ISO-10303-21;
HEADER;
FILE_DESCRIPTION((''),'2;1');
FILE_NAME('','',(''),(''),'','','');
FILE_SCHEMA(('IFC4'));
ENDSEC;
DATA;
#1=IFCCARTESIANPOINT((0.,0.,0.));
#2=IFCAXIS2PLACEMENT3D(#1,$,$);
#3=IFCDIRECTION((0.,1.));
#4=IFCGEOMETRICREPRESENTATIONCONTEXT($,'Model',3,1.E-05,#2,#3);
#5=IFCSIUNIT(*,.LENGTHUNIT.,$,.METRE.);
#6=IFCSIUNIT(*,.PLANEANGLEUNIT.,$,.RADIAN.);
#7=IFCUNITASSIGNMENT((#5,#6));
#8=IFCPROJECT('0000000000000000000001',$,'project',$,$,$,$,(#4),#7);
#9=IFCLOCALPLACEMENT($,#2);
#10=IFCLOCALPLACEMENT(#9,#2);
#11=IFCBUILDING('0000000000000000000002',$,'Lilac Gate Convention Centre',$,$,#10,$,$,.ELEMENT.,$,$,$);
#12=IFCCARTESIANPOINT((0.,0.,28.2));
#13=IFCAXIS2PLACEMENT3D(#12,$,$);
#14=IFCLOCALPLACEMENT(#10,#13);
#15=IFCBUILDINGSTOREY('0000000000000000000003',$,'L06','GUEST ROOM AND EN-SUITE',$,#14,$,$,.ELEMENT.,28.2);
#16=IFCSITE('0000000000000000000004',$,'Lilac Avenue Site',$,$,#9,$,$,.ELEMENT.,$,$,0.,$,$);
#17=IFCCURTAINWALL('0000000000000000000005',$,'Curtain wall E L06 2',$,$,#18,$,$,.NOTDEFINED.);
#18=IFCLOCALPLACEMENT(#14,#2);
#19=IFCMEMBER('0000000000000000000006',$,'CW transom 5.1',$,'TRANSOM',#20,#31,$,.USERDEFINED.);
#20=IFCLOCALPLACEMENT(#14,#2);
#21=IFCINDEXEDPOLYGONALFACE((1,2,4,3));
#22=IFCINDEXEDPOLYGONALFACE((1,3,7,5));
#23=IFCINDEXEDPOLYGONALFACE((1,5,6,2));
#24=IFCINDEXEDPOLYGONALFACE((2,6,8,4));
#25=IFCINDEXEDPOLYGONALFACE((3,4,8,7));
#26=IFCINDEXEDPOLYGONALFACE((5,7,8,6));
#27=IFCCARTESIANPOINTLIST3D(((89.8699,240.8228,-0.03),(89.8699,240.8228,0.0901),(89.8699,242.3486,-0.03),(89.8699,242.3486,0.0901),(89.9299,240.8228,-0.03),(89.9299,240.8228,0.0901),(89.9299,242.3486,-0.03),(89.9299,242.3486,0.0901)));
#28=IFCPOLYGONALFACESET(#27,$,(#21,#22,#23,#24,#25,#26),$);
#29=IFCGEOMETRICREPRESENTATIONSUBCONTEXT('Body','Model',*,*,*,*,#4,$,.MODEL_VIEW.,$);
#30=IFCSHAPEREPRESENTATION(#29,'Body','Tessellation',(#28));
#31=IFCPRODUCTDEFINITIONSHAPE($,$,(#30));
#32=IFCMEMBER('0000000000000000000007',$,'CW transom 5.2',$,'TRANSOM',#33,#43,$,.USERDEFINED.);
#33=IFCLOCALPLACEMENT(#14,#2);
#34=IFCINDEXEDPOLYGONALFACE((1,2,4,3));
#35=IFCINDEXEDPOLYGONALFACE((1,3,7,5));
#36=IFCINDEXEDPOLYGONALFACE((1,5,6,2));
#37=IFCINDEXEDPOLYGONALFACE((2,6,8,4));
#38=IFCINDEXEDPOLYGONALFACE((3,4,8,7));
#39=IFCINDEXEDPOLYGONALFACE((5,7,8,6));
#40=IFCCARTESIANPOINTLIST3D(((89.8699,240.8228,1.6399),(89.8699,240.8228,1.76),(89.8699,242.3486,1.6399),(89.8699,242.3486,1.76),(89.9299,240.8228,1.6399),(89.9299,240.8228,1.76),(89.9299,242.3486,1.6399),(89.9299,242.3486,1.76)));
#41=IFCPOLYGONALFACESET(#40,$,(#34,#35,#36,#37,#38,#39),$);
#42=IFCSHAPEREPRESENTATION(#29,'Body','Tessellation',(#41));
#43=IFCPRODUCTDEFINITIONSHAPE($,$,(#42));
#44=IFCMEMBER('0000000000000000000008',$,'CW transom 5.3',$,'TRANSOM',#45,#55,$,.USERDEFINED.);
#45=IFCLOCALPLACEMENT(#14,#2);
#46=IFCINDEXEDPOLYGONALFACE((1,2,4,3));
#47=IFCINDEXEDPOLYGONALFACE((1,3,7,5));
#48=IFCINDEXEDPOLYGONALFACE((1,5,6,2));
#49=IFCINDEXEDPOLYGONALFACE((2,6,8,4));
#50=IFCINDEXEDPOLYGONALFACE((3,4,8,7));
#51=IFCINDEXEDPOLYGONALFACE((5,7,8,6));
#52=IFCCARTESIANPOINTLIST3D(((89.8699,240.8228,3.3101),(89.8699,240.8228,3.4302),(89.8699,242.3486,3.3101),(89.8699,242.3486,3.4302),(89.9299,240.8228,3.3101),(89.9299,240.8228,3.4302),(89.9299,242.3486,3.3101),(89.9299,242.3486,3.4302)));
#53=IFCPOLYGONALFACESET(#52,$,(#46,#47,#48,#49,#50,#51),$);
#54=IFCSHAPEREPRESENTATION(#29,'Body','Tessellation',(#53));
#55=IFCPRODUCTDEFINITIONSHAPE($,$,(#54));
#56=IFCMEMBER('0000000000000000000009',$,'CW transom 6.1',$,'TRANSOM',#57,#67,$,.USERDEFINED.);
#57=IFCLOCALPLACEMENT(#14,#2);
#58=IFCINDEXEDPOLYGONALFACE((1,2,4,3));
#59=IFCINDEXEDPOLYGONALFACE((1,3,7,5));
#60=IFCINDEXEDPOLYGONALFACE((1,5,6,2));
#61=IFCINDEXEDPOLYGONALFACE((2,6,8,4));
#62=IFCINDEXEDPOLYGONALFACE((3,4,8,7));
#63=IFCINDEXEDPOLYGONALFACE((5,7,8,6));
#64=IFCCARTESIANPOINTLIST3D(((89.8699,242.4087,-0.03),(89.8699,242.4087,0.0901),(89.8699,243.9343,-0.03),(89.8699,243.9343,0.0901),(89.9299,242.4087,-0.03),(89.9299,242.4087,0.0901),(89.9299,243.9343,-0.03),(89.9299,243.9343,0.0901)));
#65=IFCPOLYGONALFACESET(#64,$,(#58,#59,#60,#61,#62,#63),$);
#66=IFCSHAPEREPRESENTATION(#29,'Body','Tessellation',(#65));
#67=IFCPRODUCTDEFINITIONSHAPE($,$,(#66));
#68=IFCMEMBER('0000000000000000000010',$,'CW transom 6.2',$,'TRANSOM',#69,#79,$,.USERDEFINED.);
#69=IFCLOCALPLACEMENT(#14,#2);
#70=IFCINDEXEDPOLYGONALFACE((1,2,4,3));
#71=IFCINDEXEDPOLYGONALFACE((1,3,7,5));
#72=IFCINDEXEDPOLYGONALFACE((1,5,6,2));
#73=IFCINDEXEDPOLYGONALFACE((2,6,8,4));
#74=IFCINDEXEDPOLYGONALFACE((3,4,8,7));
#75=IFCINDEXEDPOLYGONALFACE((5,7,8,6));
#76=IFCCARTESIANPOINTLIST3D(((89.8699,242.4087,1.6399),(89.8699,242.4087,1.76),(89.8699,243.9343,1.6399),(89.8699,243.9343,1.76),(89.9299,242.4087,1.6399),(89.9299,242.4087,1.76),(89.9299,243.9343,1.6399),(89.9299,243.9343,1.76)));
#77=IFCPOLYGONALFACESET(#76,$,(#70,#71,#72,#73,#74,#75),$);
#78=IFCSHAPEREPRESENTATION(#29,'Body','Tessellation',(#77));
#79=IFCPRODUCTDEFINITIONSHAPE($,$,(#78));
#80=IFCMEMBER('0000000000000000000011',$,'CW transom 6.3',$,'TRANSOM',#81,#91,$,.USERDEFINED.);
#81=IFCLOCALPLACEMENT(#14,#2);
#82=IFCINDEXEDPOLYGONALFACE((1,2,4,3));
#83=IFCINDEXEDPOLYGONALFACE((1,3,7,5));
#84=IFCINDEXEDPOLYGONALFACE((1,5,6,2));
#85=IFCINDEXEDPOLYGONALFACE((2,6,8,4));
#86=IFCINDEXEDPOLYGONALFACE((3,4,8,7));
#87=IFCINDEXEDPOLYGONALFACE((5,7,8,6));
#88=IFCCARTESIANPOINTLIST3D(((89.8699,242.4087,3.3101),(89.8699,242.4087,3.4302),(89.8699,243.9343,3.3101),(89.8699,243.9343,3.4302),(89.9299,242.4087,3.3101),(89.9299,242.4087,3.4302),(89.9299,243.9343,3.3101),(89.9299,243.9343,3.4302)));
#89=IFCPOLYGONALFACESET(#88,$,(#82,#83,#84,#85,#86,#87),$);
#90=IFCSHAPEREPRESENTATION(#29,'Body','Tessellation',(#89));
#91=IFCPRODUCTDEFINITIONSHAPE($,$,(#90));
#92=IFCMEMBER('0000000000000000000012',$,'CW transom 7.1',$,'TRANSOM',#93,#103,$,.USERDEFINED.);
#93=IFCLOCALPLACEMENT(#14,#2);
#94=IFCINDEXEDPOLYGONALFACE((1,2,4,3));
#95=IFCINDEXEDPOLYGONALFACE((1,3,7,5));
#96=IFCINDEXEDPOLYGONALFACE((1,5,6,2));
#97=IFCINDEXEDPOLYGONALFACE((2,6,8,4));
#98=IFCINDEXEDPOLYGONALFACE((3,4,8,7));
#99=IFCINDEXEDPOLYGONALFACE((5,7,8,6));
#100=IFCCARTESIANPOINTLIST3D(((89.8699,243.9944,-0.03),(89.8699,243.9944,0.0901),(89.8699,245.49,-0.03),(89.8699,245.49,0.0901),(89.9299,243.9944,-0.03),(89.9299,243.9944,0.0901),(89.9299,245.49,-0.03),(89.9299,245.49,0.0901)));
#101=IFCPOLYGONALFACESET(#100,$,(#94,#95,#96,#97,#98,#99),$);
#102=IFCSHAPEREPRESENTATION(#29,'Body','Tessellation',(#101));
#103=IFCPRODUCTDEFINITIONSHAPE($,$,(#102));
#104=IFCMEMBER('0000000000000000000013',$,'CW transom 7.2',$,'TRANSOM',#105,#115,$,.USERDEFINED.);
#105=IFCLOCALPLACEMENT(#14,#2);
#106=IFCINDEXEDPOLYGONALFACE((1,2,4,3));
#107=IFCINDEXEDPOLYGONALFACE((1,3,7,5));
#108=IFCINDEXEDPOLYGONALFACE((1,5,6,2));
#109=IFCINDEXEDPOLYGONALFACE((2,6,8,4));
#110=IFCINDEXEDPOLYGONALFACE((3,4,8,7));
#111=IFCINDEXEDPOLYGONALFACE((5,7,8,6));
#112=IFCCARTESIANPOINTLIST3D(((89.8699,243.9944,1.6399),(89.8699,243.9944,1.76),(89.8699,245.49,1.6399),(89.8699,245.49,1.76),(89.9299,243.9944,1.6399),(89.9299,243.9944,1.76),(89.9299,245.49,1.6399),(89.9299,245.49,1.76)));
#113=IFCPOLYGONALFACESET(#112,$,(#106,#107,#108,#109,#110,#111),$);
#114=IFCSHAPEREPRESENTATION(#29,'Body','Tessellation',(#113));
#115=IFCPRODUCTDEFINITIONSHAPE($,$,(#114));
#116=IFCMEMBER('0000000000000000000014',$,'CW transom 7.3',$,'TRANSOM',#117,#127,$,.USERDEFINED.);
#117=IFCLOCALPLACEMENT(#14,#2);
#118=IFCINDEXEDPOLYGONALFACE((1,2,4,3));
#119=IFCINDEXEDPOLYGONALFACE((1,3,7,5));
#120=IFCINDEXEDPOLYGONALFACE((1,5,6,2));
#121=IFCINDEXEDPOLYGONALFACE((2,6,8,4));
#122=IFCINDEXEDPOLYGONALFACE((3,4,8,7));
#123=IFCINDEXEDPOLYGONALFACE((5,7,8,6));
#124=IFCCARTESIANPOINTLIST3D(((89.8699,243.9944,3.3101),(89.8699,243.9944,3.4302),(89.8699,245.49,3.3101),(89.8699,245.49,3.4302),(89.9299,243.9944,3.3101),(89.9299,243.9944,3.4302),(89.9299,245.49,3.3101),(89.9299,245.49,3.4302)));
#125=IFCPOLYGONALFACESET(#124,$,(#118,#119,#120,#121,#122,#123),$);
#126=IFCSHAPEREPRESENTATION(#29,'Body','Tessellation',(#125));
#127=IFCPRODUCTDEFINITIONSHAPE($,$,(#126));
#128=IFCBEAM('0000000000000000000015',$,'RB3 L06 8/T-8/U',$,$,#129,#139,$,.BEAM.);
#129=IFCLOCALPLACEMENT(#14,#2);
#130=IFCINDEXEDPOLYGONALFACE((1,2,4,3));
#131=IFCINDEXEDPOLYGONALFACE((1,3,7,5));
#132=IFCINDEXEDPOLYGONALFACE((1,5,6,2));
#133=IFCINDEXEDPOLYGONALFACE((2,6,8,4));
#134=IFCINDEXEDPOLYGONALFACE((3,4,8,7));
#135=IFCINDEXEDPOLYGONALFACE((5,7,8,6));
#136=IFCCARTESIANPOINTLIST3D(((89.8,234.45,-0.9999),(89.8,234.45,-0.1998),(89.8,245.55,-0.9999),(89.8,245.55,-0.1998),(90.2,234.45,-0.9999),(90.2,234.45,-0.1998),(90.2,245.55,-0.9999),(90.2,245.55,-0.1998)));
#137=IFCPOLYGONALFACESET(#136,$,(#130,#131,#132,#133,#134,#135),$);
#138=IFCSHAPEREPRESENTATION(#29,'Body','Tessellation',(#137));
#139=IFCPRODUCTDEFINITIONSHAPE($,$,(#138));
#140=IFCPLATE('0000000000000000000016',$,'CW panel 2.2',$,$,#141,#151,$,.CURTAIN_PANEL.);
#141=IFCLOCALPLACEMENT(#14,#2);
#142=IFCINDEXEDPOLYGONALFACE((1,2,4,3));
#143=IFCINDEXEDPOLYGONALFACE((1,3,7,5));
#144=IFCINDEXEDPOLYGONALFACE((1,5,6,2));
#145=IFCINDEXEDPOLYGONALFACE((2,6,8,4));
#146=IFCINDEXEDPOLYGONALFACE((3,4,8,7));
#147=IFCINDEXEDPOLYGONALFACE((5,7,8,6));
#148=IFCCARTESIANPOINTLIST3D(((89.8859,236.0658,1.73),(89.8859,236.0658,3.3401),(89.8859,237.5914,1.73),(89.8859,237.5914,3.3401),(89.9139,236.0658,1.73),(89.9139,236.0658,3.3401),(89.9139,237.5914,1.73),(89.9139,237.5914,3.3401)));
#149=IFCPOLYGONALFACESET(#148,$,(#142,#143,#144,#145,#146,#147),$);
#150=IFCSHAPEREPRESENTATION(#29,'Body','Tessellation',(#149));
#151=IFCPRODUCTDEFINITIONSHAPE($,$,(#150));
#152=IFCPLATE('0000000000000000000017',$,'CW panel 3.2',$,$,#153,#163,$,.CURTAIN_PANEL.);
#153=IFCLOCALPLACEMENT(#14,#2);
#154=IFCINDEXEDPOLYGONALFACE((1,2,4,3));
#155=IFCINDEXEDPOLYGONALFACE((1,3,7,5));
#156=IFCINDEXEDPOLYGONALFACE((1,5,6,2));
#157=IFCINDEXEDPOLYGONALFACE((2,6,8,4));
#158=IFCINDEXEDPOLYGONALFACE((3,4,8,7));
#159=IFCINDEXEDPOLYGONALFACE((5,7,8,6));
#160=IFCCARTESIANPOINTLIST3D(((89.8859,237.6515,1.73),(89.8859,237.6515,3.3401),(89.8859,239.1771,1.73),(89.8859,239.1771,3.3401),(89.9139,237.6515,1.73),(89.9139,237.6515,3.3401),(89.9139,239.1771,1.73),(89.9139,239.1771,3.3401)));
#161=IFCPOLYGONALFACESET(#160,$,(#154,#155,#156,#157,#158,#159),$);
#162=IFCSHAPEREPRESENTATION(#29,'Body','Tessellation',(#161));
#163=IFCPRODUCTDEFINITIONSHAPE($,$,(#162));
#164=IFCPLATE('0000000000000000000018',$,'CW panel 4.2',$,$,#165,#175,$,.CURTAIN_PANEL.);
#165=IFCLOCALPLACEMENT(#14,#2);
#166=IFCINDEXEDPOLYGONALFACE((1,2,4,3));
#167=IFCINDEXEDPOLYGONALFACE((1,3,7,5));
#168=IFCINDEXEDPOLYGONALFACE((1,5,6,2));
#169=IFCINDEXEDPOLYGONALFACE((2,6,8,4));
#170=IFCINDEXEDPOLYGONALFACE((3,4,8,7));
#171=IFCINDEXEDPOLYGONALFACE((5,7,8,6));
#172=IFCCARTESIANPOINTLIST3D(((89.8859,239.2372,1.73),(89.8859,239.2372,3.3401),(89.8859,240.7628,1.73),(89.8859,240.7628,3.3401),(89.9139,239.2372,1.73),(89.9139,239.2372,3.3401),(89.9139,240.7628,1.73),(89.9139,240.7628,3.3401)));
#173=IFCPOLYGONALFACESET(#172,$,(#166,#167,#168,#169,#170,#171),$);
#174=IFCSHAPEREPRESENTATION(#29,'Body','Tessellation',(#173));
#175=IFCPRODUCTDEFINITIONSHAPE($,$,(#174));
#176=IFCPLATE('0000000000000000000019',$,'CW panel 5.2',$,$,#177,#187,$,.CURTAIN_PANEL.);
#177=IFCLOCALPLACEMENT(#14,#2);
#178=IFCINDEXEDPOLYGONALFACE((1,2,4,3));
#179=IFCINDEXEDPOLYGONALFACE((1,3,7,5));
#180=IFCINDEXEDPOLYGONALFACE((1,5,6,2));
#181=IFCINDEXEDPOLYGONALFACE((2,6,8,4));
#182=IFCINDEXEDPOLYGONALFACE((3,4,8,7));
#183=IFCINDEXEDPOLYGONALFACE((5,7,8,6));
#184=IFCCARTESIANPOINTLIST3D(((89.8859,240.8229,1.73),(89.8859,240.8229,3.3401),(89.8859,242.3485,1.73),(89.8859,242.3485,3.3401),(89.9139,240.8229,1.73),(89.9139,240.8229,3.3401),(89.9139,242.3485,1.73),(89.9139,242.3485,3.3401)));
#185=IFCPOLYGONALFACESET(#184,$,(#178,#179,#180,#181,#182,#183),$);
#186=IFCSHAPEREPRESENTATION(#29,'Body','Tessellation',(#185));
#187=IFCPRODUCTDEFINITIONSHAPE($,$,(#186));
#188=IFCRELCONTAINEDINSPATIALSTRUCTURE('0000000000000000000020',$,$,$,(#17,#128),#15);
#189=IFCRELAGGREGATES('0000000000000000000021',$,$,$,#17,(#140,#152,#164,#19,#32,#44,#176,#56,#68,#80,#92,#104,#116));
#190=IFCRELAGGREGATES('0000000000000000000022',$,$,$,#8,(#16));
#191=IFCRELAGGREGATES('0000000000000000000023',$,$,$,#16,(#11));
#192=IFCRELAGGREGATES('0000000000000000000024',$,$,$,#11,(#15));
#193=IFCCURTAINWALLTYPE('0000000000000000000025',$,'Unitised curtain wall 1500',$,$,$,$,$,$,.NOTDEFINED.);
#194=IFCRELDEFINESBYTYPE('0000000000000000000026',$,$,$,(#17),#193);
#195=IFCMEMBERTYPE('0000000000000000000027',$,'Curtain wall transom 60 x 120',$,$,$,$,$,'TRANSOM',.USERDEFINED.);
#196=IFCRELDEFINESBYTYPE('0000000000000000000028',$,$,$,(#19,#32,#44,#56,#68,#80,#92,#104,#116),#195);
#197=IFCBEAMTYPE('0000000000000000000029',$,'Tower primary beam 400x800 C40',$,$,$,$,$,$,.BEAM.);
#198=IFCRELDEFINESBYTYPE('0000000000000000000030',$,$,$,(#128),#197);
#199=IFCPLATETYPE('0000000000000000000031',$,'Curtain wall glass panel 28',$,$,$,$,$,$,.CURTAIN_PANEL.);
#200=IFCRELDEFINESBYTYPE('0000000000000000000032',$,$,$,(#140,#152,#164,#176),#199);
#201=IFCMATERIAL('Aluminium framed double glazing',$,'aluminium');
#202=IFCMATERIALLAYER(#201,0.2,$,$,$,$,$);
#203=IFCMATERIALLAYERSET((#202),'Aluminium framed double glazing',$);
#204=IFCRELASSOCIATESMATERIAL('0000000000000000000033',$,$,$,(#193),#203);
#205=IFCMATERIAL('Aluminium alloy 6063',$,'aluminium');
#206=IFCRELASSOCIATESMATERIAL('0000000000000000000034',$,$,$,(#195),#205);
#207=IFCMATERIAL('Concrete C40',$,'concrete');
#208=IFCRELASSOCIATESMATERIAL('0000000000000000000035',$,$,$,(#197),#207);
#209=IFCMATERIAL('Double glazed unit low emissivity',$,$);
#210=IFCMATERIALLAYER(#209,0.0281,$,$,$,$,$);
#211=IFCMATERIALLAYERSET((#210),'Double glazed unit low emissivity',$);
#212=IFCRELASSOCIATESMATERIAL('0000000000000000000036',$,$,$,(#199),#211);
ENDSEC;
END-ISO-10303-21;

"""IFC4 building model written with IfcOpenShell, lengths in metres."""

from ifc_helpers import new_model, si_unit, direction, frame, origin, origin_2d, place, context, subcontext, project, spatial, rectangle, extrude, material, layer, layer_set, material_profile, profile_set, type_object, element, aggregate, save


model = new_model("IFC4")

# Units and contexts
model_context = context("Model", 3, precision=1e-05, world=origin(), true_north=direction((0.0, 1.0)))
body_context = subcontext(model_context, "Body", "Model", "MODEL_VIEW")
ifc_project = project(units=[si_unit("LENGTHUNIT", "METRE"), si_unit("PLANEANGLEUNIT", "RADIAN")], contexts=[model_context])

# Site, building, storey
site_placement = place(None, origin())
site = spatial("IfcSite", under=ifc_project, at=site_placement, Name="Lilac Avenue Site", CompositionType="ELEMENT", RefElevation=0.0)
building_placement = place(site_placement, origin())
building = spatial("IfcBuilding", under=site, at=building_placement, Name="Lilac Gate Convention Centre", CompositionType="ELEMENT")
storey_placement = place(building_placement, frame((0.0, 0.0, 28.2)))
storey = spatial("IfcBuildingStorey", under=building, at=storey_placement, Name="L06", Description="GUEST ROOM AND EN-SUITE", CompositionType="ELEMENT", Elevation=28.2)

# Curtain wall, members
ifc_material_1 = material(Name="Aluminium framed double glazing", Category="aluminium")
ifc_layer_1 = layer(ifc_material_1, 0.2)
ifc_layer_set_1 = layer_set([ifc_layer_1], Name="Aluminium framed double glazing")
curtain_wall_type = type_object("IfcCurtainWallType", Name="Unitised curtain wall 1500", PredefinedType="NOTDEFINED", material=ifc_layer_set_1)
curtain_wall_placement = place(storey_placement, origin())
curtain_wall = element("IfcCurtainWall", 1, at=curtain_wall_placement, inside=storey, type_object=curtain_wall_type, Name="Curtain wall E L06 2", PredefinedType="NOTDEFINED")
ifc_material_2 = material(Name="Aluminium alloy 6063", Category="aluminium")
ifc_material_profile_1 = material_profile(ifc_material_2, rectangle(XDim=0.0601, YDim=0.1201, at=origin_2d()), Name="Curtain wall transom 60 x 120")
ifc_profile_set_1 = profile_set([ifc_material_profile_1], Name="Aluminium alloy 6063")
member_type_1 = type_object("IfcMemberType", Name="Curtain wall transom 60 x 120", ElementType="TRANSOM", PredefinedType="USERDEFINED", material=ifc_profile_set_1)
member_1_placement = place(storey_placement, frame((89.8999, 240.8228, 0.03), z_axis=(0.0, 1.0, 0.0), x_axis=(-1.0, 0.0, 0.0)))
member_1 = element("IfcMember", 2, at=member_1_placement, type_object=member_type_1, Name="CW transom 5.1", ObjectType="TRANSOM", PredefinedType="USERDEFINED", context=body_context, shape_type="SweptSolid", body=[
    extrude(rectangle(XDim=0.0601, YDim=0.1201, at=origin_2d()), origin(), (0.0, 0.0, 1.0), 1.5259),
])
member_2_placement = place(storey_placement, frame((89.8999, 240.8228, 1.7), z_axis=(0.0, 1.0, 0.0), x_axis=(-1.0, 0.0, 0.0)))
member_2 = element("IfcMember", 3, at=member_2_placement, type_object=member_type_1, Name="CW transom 5.2", ObjectType="TRANSOM", PredefinedType="USERDEFINED", context=body_context, shape_type="SweptSolid", body=[
    extrude(rectangle(XDim=0.0601, YDim=0.1201, at=origin_2d()), origin(), (0.0, 0.0, 1.0), 1.5259),
])
member_3_placement = place(storey_placement, frame((89.8999, 240.8228, 3.3701), z_axis=(0.0, 1.0, 0.0), x_axis=(-1.0, 0.0, 0.0)))
member_3 = element("IfcMember", 4, at=member_3_placement, type_object=member_type_1, Name="CW transom 5.3", ObjectType="TRANSOM", PredefinedType="USERDEFINED", context=body_context, shape_type="SweptSolid", body=[
    extrude(rectangle(XDim=0.0601, YDim=0.1201, at=origin_2d()), origin(), (0.0, 0.0, 1.0), 1.5259),
])
member_4_placement = place(storey_placement, frame((89.8999, 242.4087, 0.03), z_axis=(0.0, 1.0, 0.0), x_axis=(-1.0, 0.0, 0.0)))
member_4 = element("IfcMember", 5, at=member_4_placement, type_object=member_type_1, Name="CW transom 6.1", ObjectType="TRANSOM", PredefinedType="USERDEFINED", context=body_context, shape_type="SweptSolid", body=[
    extrude(rectangle(XDim=0.0601, YDim=0.1201, at=origin_2d()), origin(), (0.0, 0.0, 1.0), 1.5256),
])
member_5_placement = place(storey_placement, frame((89.8999, 242.4087, 1.7), z_axis=(0.0, 1.0, 0.0), x_axis=(-1.0, 0.0, 0.0)))
member_5 = element("IfcMember", 6, at=member_5_placement, type_object=member_type_1, Name="CW transom 6.2", ObjectType="TRANSOM", PredefinedType="USERDEFINED", context=body_context, shape_type="SweptSolid", body=[
    extrude(rectangle(XDim=0.0601, YDim=0.1201, at=origin_2d()), origin(), (0.0, 0.0, 1.0), 1.5256),
])
member_6_placement = place(storey_placement, frame((89.8999, 242.4087, 3.3701), z_axis=(0.0, 1.0, 0.0), x_axis=(-1.0, 0.0, 0.0)))
member_6 = element("IfcMember", 7, at=member_6_placement, type_object=member_type_1, Name="CW transom 6.3", ObjectType="TRANSOM", PredefinedType="USERDEFINED", context=body_context, shape_type="SweptSolid", body=[
    extrude(rectangle(XDim=0.0601, YDim=0.1201, at=origin_2d()), origin(), (0.0, 0.0, 1.0), 1.5256),
])
member_7_placement = place(storey_placement, frame((89.8999, 243.9944, 0.03), z_axis=(0.0, 1.0, 0.0), x_axis=(-1.0, 0.0, 0.0)))
member_7 = element("IfcMember", 8, at=member_7_placement, type_object=member_type_1, Name="CW transom 7.1", ObjectType="TRANSOM", PredefinedType="USERDEFINED", context=body_context, shape_type="SweptSolid", body=[
    extrude(rectangle(XDim=0.0601, YDim=0.1201, at=origin_2d()), origin(), (0.0, 0.0, 1.0), 1.4956),
])
member_8_placement = place(storey_placement, frame((89.8999, 243.9944, 1.7), z_axis=(0.0, 1.0, 0.0), x_axis=(-1.0, 0.0, 0.0)))
member_8 = element("IfcMember", 9, at=member_8_placement, type_object=member_type_1, Name="CW transom 7.2", ObjectType="TRANSOM", PredefinedType="USERDEFINED", context=body_context, shape_type="SweptSolid", body=[
    extrude(rectangle(XDim=0.0601, YDim=0.1201, at=origin_2d()), origin(), (0.0, 0.0, 1.0), 1.4956),
])
member_9_placement = place(storey_placement, frame((89.8999, 243.9944, 3.3701), z_axis=(0.0, 1.0, 0.0), x_axis=(-1.0, 0.0, 0.0)))
member_9 = element("IfcMember", 10, at=member_9_placement, type_object=member_type_1, Name="CW transom 7.3", ObjectType="TRANSOM", PredefinedType="USERDEFINED", context=body_context, shape_type="SweptSolid", body=[
    extrude(rectangle(XDim=0.0601, YDim=0.1201, at=origin_2d()), origin(), (0.0, 0.0, 1.0), 1.4956),
])

# Beam
ifc_material_3 = material(Name="Concrete C40", Category="concrete")
ifc_material_profile_2 = material_profile(ifc_material_3, rectangle(XDim=0.3999, YDim=0.8, at=origin_2d()), Name="RC 400x800")
ifc_profile_set_2 = profile_set([ifc_material_profile_2], Name="Concrete C40")
beam_type = type_object("IfcBeamType", Name="Tower primary beam 400x800 C40", PredefinedType="BEAM", material=ifc_profile_set_2)
beam_placement = place(storey_placement, frame((90.0, 234.45, -0.5999), z_axis=(0.0, 1.0, 0.0), x_axis=(-1.0, 0.0, 0.0)))
element("IfcBeam", 11, at=beam_placement, inside=storey, type_object=beam_type, Name="RB3 L06 8/T-8/U", PredefinedType="BEAM", context=body_context, shape_type="SweptSolid", body=[
    extrude(rectangle(XDim=0.3999, YDim=0.8, at=origin_2d()), origin(), (0.0, 0.0, 1.0), 11.1001),
])

# Plates
ifc_material_4 = material(Name="Double glazed unit low emissivity")
ifc_layer_2 = layer(ifc_material_4, 0.0281)
ifc_layer_set_2 = layer_set([ifc_layer_2], Name="Double glazed unit low emissivity")
plate_type_1 = type_object("IfcPlateType", Name="Curtain wall glass panel 28", PredefinedType="CURTAIN_PANEL", material=ifc_layer_set_2)
plate_1_placement = place(storey_placement, frame((89.8999, 236.8286, 1.73), z_axis=(0.0, 0.0, 1.0), x_axis=(0.0, 1.0, 0.0)))
plate_1 = element("IfcPlate", 12, at=plate_1_placement, type_object=plate_type_1, Name="CW panel 2.2", PredefinedType="CURTAIN_PANEL", context=body_context, shape_type="SweptSolid", body=[
    extrude(rectangle(XDim=1.5256, YDim=0.0281, at=origin_2d()), origin(), (0.0, 0.0, 1.0), 1.6101),
])
plate_2_placement = place(storey_placement, frame((89.8999, 238.4143, 1.73), z_axis=(0.0, 0.0, 1.0), x_axis=(0.0, 1.0, 0.0)))
plate_2 = element("IfcPlate", 13, at=plate_2_placement, type_object=plate_type_1, Name="CW panel 3.2", PredefinedType="CURTAIN_PANEL", context=body_context, shape_type="SweptSolid", body=[
    extrude(rectangle(XDim=1.5256, YDim=0.0281, at=origin_2d()), origin(), (0.0, 0.0, 1.0), 1.6101),
])
plate_3_placement = place(storey_placement, frame((89.8999, 240.0, 1.73), z_axis=(0.0, 0.0, 1.0), x_axis=(0.0, 1.0, 0.0)))
plate_3 = element("IfcPlate", 14, at=plate_3_placement, type_object=plate_type_1, Name="CW panel 4.2", PredefinedType="CURTAIN_PANEL", context=body_context, shape_type="SweptSolid", body=[
    extrude(rectangle(XDim=1.5256, YDim=0.0281, at=origin_2d()), origin(), (0.0, 0.0, 1.0), 1.6101),
])
plate_4_placement = place(storey_placement, frame((89.8999, 241.5857, 1.73), z_axis=(0.0, 0.0, 1.0), x_axis=(0.0, 1.0, 0.0)))
plate_4 = element("IfcPlate", 15, at=plate_4_placement, type_object=plate_type_1, Name="CW panel 5.2", PredefinedType="CURTAIN_PANEL", context=body_context, shape_type="SweptSolid", body=[
    extrude(rectangle(XDim=1.5256, YDim=0.0281, at=origin_2d()), origin(), (0.0, 0.0, 1.0), 1.6101),
])
aggregate(curtain_wall, [plate_1, plate_2, plate_3, member_1, member_2, member_3, plate_4, member_4, member_5, member_6, member_7, member_8, member_9])

save(model, "model.ifc")
